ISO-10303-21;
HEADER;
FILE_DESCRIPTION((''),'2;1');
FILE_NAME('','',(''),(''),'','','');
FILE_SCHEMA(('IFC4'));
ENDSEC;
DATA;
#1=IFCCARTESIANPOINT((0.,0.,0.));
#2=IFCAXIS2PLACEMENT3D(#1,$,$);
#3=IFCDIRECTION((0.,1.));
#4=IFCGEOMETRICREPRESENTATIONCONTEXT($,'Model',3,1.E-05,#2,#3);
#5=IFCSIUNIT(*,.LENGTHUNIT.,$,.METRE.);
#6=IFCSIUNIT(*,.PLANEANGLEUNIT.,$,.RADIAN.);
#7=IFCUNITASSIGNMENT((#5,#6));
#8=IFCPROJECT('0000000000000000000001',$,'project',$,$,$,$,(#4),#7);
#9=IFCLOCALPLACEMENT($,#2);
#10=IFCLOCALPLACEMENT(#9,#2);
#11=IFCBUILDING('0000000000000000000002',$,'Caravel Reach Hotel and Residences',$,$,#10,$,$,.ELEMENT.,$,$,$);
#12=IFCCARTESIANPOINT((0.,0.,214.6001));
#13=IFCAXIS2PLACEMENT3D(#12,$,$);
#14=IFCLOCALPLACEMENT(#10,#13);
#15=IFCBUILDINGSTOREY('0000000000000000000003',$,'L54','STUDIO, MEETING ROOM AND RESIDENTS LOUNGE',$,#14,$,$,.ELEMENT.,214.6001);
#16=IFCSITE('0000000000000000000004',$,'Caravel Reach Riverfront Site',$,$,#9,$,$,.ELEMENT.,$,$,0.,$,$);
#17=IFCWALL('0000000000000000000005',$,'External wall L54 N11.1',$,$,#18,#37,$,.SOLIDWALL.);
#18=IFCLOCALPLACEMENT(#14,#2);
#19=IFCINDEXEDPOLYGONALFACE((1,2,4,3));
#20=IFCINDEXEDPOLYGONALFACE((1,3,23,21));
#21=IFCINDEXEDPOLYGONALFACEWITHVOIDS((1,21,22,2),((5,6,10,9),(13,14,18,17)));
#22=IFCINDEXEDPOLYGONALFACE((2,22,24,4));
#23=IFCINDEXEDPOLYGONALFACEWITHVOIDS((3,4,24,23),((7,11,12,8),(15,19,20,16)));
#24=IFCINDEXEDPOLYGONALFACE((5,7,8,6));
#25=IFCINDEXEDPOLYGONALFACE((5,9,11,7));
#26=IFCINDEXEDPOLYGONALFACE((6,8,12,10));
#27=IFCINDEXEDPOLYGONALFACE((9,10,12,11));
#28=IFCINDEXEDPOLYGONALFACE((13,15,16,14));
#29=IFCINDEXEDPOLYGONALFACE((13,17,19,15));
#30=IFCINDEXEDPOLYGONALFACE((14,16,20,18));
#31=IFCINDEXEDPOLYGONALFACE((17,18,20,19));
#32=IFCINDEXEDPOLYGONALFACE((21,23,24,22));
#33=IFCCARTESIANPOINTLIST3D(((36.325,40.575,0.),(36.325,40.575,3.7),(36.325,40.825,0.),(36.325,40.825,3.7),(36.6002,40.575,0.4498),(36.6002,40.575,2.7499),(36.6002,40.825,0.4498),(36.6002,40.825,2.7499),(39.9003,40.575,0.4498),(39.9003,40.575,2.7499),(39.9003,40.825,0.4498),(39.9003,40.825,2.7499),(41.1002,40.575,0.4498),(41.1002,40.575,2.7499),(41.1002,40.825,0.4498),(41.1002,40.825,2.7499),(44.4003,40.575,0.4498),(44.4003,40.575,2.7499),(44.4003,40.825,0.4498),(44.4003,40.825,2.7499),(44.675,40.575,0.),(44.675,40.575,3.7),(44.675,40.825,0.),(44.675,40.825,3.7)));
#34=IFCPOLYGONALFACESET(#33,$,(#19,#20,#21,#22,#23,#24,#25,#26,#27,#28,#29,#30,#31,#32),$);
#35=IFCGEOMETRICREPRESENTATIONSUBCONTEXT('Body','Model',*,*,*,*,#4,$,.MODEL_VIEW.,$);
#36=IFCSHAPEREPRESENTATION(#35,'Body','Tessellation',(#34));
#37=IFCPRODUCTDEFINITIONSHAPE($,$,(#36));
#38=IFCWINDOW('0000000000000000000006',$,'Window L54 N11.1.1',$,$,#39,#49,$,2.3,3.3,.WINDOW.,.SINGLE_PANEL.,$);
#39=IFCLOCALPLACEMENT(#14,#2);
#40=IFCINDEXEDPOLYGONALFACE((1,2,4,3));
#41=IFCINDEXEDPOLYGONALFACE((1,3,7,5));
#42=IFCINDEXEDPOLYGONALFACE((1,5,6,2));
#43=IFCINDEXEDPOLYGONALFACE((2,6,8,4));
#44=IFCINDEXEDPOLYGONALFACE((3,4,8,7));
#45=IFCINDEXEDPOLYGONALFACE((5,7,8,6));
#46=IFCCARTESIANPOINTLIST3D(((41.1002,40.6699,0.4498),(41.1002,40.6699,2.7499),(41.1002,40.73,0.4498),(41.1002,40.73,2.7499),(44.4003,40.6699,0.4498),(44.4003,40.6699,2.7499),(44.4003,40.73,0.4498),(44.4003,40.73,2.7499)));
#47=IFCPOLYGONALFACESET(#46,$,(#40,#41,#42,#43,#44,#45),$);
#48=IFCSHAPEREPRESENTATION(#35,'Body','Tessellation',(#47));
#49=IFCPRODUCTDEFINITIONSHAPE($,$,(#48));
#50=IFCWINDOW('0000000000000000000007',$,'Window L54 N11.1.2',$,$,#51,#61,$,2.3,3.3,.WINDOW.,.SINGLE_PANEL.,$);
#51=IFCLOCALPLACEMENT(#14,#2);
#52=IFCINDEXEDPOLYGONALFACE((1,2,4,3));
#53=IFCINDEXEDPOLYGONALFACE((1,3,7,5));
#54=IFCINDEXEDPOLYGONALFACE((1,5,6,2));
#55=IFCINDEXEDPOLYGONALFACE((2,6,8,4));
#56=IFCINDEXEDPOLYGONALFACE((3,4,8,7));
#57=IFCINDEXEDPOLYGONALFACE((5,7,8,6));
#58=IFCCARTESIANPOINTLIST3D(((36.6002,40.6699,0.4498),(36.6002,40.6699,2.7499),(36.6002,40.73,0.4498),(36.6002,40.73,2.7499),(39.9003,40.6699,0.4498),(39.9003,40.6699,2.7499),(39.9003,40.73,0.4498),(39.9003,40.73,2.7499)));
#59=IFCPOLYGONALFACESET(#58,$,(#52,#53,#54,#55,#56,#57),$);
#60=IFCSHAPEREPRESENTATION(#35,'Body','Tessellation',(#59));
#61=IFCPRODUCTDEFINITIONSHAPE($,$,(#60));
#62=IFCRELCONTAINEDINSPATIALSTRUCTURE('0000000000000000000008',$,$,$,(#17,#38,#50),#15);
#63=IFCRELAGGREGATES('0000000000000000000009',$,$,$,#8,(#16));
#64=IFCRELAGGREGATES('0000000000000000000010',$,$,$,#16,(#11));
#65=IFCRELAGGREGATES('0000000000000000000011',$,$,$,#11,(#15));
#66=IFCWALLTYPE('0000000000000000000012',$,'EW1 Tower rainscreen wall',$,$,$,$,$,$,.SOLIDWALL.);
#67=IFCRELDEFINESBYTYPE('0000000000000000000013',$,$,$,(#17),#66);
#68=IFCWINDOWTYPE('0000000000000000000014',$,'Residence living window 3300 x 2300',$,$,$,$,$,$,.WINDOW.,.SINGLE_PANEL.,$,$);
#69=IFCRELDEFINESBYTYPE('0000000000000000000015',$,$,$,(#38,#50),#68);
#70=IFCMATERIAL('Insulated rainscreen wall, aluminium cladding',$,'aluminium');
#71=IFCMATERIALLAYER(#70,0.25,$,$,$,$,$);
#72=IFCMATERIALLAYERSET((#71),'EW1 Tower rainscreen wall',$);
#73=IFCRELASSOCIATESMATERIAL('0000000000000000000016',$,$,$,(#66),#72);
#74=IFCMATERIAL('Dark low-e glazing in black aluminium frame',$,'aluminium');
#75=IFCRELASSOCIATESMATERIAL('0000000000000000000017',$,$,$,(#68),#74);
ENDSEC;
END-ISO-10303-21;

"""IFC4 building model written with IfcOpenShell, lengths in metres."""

from ifc_helpers import new_model, si_unit, direction, frame, frame_2d, origin, place, context, subcontext, project, spatial, rectangle, extrude, material, layer, layer_set, type_object, element, fill, save


model = new_model("IFC4")

# Units and contexts
model_context = context("Model", 3, precision=1e-05, world=origin(), true_north=direction((0.0, 1.0)))
body_context = subcontext(model_context, "Body", "Model", "MODEL_VIEW")
ifc_project = project(units=[si_unit("LENGTHUNIT", "METRE"), si_unit("PLANEANGLEUNIT", "RADIAN")], contexts=[model_context])

# Site, building, storey
site_placement = place(None, origin())
site = spatial("IfcSite", under=ifc_project, at=site_placement, Name="Caravel Reach Riverfront Site", CompositionType="ELEMENT", RefElevation=0.0)
building_placement = place(site_placement, origin())
building = spatial("IfcBuilding", under=site, at=building_placement, Name="Caravel Reach Hotel and Residences", CompositionType="ELEMENT")
storey_placement = place(building_placement, frame((0.0, 0.0, 214.6001)))
storey = spatial("IfcBuildingStorey", under=building, at=storey_placement, Name="L54", Description="STUDIO, MEETING ROOM AND RESIDENTS LOUNGE", CompositionType="ELEMENT", Elevation=214.6001)

# Shared definitions
ifc_material_1 = material(Name="Insulated rainscreen wall, aluminium cladding", Category="aluminium")
ifc_layer_1 = layer(ifc_material_1, 0.25)
ifc_layer_set_1 = layer_set([ifc_layer_1], Name="EW1 Tower rainscreen wall")
wall_type_1 = type_object("IfcWallType", Name="EW1 Tower rainscreen wall", PredefinedType="SOLIDWALL", material=ifc_layer_set_1)

# Wall, openings, windows
wall_1_placement = place(storey_placement, frame((44.675, 40.7, 0.0), z_axis=(0.0, 0.0, 1.0), x_axis=(-1.0, 0.0, 0.0)))
wall_1 = element("IfcWall", 1, at=wall_1_placement, inside=storey, type_object=wall_type_1, Name="External wall L54 N11.1", PredefinedType="SOLIDWALL", context=body_context, shape_type="SweptSolid", body=[
    extrude(rectangle(XDim=8.3501, YDim=0.25, at=frame_2d((4.175, 0.0))), origin(), (0.0, 0.0, 1.0), 3.7),
])
opening_1_placement = place(wall_1_placement, frame((0.2749, 0.0, 0.45)))
opening_1 = element("IfcOpeningElement", 2, at=opening_1_placement, cuts=wall_1, PredefinedType="OPENING", context=body_context, shape_type="SweptSolid", body=[
    extrude(rectangle(XDim=3.3, YDim=2.3, at=frame_2d((1.6499, 1.1499))), frame((0.0, 0.135, 0.0), z_axis=(0.0, -1.0, 0.0), x_axis=(1.0, 0.0, 0.0)), (0.0, 0.0, 1.0), 0.27),
])
opening_2_placement = place(wall_1_placement, frame((4.7749, 0.0, 0.45)))
opening_2 = element("IfcOpeningElement", 3, at=opening_2_placement, cuts=wall_1, PredefinedType="OPENING", context=body_context, shape_type="SweptSolid", body=[
    extrude(rectangle(XDim=3.3, YDim=2.3, at=frame_2d((1.6499, 1.1499))), frame((0.0, 0.135, 0.0), z_axis=(0.0, -1.0, 0.0), x_axis=(1.0, 0.0, 0.0)), (0.0, 0.0, 1.0), 0.27),
])
ifc_material_2 = material(Name="Dark low-e glazing in black aluminium frame", Category="aluminium")
window_type_1 = type_object("IfcWindowType", Name="Residence living window 3300 x 2300", PartitioningType="SINGLE_PANEL", PredefinedType="WINDOW", material=ifc_material_2)
window_1_placement = place(opening_1_placement, origin())
window_1 = element("IfcWindow", 4, at=window_1_placement, inside=storey, type_object=window_type_1, Name="Window L54 N11.1.1", OverallHeight=2.3, OverallWidth=3.3, PartitioningType="SINGLE_PANEL", PredefinedType="WINDOW", context=body_context, shape_type="SweptSolid", body=[
    extrude(rectangle(XDim=3.3, YDim=2.3, at=frame_2d((1.6499, 1.1499))), frame((0.0, 0.03, 0.0), z_axis=(0.0, -1.0, 0.0), x_axis=(1.0, 0.0, 0.0)), (0.0, 0.0, 1.0), 0.0601),
])
fill(opening_1, window_1)
window_2_placement = place(opening_2_placement, origin())
window_2 = element("IfcWindow", 5, at=window_2_placement, inside=storey, type_object=window_type_1, Name="Window L54 N11.1.2", OverallHeight=2.3, OverallWidth=3.3, PartitioningType="SINGLE_PANEL", PredefinedType="WINDOW", context=body_context, shape_type="SweptSolid", body=[
    extrude(rectangle(XDim=3.3, YDim=2.3, at=frame_2d((1.6499, 1.1499))), frame((0.0, 0.03, 0.0), z_axis=(0.0, -1.0, 0.0), x_axis=(1.0, 0.0, 0.0)), (0.0, 0.0, 1.0), 0.0601),
])
fill(opening_2, window_2)

save(model, "model.ifc")
